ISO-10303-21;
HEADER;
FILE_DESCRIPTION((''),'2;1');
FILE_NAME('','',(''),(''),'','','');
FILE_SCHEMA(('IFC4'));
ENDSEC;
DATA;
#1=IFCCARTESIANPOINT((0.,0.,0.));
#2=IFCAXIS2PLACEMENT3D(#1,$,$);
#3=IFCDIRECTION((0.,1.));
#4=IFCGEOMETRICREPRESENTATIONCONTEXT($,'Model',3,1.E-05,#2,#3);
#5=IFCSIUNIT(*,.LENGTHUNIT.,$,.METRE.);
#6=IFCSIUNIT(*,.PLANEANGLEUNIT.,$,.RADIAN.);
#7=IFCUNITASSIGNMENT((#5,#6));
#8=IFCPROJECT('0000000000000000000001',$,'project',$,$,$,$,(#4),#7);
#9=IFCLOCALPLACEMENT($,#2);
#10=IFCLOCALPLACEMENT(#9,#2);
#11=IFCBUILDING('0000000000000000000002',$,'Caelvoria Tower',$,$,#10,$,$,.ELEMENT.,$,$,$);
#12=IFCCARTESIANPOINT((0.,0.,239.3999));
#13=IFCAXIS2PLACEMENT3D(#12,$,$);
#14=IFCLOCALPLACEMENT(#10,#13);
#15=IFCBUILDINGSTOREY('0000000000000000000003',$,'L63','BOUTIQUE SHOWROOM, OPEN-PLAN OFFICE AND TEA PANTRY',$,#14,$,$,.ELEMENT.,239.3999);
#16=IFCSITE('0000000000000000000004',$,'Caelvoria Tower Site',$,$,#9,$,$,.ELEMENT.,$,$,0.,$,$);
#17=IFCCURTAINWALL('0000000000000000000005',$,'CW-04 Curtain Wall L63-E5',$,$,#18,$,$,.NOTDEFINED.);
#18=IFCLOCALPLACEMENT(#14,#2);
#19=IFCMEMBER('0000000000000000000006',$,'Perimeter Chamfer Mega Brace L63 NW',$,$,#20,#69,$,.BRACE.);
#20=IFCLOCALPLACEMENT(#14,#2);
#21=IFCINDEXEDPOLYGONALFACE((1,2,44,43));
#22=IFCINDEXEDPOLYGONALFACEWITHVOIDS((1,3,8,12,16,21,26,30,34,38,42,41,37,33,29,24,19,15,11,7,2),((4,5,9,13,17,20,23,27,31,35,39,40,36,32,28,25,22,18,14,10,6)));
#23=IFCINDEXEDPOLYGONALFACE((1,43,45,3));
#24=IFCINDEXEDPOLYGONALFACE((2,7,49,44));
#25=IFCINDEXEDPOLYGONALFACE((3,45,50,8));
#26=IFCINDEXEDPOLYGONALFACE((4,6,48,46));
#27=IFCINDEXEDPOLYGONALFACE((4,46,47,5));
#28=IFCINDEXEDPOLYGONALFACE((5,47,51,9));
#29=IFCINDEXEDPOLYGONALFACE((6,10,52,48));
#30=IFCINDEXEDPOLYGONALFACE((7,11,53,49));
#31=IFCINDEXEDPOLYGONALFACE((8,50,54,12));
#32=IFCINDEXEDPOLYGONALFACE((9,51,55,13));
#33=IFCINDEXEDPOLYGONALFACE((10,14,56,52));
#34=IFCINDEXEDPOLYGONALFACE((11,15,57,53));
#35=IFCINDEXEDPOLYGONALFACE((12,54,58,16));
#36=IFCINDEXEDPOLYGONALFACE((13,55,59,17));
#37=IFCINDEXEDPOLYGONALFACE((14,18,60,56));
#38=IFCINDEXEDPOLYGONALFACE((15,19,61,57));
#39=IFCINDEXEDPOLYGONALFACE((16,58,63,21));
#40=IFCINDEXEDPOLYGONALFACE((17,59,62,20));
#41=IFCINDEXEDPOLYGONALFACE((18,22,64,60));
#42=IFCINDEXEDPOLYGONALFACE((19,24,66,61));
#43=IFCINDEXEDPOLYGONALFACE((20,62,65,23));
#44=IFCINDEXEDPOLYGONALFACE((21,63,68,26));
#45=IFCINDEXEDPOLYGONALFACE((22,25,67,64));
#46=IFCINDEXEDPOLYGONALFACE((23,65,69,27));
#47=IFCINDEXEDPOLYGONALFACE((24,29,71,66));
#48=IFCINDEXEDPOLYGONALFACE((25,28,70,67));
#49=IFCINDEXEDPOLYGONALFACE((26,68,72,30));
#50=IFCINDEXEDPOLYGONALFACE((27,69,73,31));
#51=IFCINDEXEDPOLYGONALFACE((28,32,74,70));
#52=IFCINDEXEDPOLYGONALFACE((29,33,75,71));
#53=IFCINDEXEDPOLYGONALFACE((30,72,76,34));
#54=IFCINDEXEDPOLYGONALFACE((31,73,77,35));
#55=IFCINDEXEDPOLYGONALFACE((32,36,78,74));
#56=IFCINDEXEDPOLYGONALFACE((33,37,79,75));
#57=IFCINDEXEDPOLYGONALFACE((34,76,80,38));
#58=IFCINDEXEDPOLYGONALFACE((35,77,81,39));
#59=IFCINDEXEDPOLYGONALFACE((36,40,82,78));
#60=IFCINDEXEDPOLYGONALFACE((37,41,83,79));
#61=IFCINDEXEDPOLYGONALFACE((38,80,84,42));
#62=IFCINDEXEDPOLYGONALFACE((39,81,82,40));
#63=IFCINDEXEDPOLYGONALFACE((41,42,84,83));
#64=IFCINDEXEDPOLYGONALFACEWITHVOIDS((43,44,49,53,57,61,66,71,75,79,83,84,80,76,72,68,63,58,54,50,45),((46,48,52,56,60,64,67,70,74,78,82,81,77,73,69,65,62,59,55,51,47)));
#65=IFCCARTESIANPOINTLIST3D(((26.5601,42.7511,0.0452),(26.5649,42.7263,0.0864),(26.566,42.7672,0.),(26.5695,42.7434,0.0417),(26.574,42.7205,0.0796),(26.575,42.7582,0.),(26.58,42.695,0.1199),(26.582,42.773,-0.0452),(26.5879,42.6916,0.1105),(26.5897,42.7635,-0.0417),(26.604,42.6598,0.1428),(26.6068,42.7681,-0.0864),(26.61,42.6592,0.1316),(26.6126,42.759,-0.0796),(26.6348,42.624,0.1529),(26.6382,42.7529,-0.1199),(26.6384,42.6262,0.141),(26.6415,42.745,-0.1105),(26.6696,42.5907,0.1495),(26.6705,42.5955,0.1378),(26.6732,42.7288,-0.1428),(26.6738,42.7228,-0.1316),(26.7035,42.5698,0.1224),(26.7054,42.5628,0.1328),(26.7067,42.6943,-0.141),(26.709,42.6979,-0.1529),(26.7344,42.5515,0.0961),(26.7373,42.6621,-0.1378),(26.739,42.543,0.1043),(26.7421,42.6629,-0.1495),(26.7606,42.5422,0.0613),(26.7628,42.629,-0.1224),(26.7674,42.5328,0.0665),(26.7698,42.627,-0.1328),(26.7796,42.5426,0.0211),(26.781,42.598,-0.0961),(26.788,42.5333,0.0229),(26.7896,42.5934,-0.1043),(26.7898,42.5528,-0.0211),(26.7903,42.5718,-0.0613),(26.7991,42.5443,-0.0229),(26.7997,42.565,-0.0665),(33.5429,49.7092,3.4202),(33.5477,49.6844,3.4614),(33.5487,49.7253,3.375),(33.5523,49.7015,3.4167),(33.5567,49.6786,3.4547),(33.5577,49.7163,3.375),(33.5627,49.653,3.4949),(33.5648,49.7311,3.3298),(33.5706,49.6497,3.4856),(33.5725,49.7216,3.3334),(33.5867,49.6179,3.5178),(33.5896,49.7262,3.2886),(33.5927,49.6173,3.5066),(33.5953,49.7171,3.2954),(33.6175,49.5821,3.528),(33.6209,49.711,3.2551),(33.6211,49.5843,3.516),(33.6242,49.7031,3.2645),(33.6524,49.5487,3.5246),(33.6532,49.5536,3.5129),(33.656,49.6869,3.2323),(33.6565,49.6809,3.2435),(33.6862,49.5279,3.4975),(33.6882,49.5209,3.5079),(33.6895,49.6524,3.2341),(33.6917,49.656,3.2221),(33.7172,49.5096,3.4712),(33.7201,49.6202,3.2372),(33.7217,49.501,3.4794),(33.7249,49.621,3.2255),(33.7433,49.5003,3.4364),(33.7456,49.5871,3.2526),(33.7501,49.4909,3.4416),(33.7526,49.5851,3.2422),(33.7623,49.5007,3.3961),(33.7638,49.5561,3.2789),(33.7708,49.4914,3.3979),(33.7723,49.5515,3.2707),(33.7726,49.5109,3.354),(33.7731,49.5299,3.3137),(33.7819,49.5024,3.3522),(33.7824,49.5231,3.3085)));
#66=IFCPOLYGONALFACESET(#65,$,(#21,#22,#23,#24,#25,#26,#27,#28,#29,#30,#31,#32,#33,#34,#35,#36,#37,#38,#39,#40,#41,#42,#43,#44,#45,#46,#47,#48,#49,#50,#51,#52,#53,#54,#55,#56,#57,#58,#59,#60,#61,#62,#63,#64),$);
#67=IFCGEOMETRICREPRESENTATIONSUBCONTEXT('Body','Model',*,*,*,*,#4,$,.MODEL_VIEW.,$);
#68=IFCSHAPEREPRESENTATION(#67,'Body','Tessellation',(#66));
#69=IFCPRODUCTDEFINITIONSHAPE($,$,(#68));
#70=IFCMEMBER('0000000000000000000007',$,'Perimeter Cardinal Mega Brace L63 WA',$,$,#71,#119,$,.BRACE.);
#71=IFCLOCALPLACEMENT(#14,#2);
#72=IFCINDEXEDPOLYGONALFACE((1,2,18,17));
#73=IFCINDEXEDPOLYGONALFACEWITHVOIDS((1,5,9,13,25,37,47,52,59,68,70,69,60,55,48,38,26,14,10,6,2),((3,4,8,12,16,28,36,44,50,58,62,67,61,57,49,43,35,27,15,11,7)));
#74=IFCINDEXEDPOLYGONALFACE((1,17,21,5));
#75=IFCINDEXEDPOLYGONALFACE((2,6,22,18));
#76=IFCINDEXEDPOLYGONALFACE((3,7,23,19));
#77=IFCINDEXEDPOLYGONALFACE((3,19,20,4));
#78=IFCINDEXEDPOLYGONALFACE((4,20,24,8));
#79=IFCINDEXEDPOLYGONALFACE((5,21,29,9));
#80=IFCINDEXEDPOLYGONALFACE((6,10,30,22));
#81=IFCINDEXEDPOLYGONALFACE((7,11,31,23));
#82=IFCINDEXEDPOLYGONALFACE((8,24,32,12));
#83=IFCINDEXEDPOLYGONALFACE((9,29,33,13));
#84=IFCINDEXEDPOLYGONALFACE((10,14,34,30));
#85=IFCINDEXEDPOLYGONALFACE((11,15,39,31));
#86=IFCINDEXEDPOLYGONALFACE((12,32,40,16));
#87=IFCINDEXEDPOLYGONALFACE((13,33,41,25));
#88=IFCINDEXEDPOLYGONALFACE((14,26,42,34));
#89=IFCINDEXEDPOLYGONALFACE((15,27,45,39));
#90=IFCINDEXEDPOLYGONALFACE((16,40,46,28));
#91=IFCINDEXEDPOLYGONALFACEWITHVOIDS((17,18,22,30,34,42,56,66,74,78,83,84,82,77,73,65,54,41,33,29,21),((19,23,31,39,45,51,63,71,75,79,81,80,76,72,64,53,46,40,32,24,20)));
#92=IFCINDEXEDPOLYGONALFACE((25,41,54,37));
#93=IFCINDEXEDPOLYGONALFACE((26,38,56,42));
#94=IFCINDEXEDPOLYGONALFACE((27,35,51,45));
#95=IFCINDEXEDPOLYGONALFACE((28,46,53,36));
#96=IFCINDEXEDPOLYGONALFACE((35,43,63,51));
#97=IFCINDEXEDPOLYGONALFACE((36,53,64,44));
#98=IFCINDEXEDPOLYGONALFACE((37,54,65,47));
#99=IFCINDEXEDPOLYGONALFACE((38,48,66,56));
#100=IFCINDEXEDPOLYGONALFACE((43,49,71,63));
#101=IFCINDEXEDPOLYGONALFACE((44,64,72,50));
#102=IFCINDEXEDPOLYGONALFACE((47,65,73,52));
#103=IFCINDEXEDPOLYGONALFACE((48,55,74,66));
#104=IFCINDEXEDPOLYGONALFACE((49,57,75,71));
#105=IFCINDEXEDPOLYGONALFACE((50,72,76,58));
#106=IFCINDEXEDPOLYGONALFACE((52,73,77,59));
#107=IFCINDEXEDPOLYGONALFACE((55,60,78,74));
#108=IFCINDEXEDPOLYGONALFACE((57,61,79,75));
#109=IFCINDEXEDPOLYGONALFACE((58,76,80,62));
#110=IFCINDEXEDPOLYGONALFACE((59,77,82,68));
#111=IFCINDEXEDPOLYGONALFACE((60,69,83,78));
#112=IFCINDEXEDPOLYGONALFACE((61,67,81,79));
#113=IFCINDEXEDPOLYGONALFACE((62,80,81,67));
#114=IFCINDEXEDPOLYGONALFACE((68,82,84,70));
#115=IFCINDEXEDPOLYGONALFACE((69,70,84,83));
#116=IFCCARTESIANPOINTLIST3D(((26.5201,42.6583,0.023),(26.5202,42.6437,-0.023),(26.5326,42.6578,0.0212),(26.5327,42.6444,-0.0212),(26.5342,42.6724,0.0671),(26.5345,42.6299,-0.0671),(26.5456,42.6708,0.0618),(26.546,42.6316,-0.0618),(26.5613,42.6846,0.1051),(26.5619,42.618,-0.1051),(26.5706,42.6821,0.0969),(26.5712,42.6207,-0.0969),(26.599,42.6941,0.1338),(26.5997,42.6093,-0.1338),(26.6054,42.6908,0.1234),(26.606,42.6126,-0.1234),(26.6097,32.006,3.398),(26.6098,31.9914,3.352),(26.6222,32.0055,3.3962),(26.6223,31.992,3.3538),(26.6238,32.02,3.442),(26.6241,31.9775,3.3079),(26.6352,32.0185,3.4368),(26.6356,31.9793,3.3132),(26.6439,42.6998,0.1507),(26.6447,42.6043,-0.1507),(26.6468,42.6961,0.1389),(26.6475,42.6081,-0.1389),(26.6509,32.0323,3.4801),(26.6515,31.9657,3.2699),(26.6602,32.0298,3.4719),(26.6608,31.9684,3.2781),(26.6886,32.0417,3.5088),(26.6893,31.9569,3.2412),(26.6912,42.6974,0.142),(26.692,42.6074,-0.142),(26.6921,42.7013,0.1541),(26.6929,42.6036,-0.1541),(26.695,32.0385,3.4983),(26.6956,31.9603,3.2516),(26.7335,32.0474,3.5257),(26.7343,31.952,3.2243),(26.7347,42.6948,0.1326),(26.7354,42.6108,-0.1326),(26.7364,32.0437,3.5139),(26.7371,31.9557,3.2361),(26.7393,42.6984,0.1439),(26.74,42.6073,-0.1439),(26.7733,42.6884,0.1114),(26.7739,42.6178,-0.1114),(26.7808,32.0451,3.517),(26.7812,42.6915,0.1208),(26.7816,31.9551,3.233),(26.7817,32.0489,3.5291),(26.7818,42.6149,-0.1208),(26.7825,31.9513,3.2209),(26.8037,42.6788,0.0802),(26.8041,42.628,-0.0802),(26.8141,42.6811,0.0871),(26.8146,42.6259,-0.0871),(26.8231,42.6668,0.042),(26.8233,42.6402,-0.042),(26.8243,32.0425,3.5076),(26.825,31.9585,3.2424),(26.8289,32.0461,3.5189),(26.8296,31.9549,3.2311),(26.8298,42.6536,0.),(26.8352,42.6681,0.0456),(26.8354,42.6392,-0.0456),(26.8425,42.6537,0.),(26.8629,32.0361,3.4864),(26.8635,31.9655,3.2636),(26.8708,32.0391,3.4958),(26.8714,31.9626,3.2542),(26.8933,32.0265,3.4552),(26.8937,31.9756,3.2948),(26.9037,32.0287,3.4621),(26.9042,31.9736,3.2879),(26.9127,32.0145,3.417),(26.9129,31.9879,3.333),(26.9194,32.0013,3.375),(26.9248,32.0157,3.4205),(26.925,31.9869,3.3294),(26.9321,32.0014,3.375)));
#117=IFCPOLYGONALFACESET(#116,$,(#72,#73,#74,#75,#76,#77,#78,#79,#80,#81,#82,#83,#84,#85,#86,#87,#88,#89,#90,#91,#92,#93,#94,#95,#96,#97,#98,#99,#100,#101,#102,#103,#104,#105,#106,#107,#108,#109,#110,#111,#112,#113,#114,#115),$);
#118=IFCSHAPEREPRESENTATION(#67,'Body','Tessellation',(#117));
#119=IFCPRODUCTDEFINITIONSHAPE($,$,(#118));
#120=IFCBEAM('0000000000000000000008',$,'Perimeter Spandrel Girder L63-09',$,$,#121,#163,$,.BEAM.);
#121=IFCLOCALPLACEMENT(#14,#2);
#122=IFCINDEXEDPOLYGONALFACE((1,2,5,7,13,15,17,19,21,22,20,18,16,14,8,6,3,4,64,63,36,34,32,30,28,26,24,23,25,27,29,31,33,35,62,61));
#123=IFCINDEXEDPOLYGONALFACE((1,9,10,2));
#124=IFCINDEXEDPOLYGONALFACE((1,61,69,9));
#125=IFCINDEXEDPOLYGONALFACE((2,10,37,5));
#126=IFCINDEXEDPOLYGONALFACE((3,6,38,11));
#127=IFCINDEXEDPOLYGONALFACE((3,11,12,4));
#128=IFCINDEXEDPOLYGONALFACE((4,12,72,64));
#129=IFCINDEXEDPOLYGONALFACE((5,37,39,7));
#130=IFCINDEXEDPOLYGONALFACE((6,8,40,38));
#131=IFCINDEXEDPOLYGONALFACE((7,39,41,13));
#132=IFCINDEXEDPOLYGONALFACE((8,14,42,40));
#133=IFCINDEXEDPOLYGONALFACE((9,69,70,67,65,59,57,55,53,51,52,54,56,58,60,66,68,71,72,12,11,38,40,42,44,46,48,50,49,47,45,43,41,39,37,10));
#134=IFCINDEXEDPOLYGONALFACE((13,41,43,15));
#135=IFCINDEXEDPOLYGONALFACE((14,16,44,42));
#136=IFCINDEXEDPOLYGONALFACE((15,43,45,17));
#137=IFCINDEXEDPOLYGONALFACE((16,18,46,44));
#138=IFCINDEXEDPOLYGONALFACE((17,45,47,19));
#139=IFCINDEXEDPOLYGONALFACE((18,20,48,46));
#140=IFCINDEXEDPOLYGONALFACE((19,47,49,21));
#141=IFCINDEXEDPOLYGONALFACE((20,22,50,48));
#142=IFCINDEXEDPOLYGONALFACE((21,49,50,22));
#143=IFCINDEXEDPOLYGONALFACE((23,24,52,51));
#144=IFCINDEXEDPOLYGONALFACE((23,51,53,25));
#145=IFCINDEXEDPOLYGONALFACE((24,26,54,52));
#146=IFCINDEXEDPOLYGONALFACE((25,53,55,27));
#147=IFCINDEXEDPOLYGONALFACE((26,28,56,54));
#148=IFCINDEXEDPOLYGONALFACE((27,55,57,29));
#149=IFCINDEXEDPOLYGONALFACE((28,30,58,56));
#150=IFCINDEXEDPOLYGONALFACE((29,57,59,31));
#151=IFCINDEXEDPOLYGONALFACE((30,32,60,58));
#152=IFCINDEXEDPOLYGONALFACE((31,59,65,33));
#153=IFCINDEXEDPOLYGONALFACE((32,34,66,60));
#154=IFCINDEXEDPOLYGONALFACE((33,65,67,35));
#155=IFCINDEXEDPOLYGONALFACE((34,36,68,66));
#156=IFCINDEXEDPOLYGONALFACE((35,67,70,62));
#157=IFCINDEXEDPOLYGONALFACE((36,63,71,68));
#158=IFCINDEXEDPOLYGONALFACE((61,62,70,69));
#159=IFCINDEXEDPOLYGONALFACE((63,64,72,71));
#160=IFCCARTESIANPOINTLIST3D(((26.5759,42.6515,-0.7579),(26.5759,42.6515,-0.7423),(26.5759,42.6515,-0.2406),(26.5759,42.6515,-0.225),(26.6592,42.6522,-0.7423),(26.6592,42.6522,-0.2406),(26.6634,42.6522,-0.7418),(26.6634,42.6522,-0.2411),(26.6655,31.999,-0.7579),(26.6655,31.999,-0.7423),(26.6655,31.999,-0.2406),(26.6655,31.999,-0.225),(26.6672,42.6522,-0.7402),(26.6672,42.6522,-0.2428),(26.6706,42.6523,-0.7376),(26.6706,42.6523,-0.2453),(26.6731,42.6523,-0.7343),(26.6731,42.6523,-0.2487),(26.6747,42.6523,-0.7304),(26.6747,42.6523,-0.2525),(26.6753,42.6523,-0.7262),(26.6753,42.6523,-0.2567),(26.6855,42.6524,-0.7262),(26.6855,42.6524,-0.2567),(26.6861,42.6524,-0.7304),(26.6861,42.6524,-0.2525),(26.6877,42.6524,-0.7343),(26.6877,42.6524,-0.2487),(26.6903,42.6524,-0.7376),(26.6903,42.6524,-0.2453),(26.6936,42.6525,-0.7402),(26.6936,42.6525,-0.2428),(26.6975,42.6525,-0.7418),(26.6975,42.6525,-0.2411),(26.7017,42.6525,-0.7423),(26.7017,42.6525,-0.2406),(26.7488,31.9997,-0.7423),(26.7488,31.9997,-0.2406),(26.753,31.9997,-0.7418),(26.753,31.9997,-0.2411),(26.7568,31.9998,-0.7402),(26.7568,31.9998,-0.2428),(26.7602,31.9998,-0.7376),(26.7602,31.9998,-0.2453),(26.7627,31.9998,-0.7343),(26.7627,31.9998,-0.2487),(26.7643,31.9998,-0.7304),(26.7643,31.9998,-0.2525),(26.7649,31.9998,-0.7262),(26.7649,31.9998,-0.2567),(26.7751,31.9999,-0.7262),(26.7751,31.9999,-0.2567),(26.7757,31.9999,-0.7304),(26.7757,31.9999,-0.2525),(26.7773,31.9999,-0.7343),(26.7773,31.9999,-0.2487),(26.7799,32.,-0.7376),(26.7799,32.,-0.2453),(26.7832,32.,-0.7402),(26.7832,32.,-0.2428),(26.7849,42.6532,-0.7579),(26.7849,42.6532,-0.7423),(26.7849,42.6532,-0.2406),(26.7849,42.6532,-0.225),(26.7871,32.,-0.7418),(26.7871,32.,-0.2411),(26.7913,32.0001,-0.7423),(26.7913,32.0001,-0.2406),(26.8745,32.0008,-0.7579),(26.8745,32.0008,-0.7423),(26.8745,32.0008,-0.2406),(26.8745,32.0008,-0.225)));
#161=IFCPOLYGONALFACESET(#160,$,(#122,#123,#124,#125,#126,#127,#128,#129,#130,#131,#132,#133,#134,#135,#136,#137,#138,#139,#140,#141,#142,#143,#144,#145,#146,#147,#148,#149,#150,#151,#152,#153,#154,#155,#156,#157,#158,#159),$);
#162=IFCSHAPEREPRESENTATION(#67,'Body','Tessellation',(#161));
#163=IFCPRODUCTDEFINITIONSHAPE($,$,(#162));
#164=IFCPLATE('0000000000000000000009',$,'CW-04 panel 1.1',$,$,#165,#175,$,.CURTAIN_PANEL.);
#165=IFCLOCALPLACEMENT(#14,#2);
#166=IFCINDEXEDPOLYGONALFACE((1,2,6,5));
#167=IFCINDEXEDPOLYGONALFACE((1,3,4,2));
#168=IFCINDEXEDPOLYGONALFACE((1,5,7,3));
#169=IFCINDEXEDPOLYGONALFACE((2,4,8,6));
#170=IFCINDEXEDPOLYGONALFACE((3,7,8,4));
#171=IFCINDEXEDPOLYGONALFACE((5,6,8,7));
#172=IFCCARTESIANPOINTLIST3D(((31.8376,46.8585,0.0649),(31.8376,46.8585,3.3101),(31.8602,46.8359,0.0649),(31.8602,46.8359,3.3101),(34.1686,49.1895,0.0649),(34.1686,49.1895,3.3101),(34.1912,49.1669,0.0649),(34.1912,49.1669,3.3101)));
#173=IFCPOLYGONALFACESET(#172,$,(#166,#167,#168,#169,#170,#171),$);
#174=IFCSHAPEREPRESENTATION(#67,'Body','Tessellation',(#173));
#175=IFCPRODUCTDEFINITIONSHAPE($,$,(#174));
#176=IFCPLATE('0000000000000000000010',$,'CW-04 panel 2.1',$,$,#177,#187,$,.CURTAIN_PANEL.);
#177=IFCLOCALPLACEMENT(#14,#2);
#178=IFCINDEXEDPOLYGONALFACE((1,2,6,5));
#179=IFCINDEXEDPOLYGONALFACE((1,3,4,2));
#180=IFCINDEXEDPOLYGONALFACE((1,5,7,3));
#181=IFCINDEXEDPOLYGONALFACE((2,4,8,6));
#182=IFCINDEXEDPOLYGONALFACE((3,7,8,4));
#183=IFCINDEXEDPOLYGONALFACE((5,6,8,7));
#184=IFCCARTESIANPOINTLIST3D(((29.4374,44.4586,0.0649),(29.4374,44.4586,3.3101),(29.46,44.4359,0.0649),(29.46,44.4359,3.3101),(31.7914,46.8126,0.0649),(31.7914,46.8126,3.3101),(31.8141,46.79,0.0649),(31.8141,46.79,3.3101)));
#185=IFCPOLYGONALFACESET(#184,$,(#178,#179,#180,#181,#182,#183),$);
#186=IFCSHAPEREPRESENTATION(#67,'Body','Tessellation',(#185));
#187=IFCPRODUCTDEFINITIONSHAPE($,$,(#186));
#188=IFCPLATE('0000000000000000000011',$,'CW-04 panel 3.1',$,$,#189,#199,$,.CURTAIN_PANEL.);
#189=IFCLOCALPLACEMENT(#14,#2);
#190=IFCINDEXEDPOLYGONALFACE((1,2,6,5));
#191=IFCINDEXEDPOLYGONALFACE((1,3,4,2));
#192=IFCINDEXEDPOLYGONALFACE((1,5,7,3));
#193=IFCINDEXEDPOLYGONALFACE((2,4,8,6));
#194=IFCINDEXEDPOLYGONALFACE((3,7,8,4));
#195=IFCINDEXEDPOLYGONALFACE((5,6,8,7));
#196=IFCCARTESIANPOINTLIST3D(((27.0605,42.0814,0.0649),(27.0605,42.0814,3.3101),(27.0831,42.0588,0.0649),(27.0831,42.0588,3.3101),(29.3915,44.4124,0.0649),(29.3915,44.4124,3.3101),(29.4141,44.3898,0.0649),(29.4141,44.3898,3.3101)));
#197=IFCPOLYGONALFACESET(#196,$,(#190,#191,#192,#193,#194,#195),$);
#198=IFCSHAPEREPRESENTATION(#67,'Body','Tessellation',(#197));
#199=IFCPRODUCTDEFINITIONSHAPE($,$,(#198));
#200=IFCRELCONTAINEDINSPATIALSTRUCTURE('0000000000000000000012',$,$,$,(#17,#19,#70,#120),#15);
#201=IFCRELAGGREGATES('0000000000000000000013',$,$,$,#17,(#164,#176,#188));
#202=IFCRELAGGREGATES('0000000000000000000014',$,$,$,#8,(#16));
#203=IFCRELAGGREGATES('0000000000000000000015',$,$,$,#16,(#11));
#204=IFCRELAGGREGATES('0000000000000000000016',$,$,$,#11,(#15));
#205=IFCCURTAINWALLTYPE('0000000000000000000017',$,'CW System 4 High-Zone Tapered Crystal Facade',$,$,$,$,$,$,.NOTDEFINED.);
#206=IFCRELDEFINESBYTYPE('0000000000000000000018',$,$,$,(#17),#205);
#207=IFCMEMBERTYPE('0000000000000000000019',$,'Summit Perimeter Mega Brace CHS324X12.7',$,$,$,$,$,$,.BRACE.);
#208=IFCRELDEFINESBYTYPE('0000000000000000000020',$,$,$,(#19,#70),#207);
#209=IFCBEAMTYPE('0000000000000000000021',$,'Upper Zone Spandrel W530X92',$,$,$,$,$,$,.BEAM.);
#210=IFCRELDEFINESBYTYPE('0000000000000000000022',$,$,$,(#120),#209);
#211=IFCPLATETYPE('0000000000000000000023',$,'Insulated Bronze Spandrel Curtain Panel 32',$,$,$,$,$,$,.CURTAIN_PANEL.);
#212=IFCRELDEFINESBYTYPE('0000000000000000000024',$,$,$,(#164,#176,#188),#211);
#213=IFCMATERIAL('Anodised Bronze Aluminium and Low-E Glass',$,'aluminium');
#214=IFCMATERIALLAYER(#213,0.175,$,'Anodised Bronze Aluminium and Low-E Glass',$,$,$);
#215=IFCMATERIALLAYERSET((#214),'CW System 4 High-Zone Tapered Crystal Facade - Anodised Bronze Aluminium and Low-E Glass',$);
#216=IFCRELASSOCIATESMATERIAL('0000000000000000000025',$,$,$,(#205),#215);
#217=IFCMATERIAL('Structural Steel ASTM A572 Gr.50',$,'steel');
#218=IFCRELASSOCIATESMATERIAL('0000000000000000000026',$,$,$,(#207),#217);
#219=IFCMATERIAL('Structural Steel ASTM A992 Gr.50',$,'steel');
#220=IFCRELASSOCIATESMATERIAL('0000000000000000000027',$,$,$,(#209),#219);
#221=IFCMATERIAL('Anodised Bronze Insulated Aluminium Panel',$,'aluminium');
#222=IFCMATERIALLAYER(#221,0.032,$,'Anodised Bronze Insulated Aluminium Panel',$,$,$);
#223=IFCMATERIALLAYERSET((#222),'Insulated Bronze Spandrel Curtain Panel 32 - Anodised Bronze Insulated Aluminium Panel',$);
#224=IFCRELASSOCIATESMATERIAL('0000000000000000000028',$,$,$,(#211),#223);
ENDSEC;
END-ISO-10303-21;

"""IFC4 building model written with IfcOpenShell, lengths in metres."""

from ifc_helpers import new_model, si_unit, direction, frame, origin, origin_2d, place, context, subcontext, project, spatial, rectangle, hollow_circle, i_section, extrude, material, layer, layer_set, material_profile, profile_set, type_object, element, aggregate, save


model = new_model("IFC4")

# Units and contexts
model_context = context("Model", 3, precision=1e-05, world=origin(), true_north=direction((0.0, 1.0)))
body_context = subcontext(model_context, "Body", "Model", "MODEL_VIEW")
ifc_project = project(units=[si_unit("LENGTHUNIT", "METRE"), si_unit("PLANEANGLEUNIT", "RADIAN")], contexts=[model_context])

# Site, building, storey
site_placement = place(None, origin())
site = spatial("IfcSite", under=ifc_project, at=site_placement, Name="Caelvoria Tower Site", CompositionType="ELEMENT", RefElevation=0.0)
building_placement = place(site_placement, origin())
building = spatial("IfcBuilding", under=site, at=building_placement, Name="Caelvoria Tower", CompositionType="ELEMENT")
storey_placement = place(building_placement, frame((0.0, 0.0, 239.3999)))
storey = spatial("IfcBuildingStorey", under=building, at=storey_placement, Name="L63", Description="BOUTIQUE SHOWROOM, OPEN-PLAN OFFICE AND TEA PANTRY", CompositionType="ELEMENT", Elevation=239.3999)

# Shared definitions
ifc_material_1 = material(Name="Structural Steel ASTM A572 Gr.50", Category="steel")

# Curtain wall
ifc_material_2 = material(Name="Anodised Bronze Aluminium and Low-E Glass", Category="aluminium")
ifc_layer_1 = layer(ifc_material_2, 0.175, Name="Anodised Bronze Aluminium and Low-E Glass")
ifc_layer_set_1 = layer_set([ifc_layer_1], Name="CW System 4 High-Zone Tapered Crystal Facade - Anodised Bronze Aluminium and Low-E Glass")
curtain_wall_type = type_object("IfcCurtainWallType", Name="CW System 4 High-Zone Tapered Crystal Facade", PredefinedType="NOTDEFINED", material=ifc_layer_set_1)
curtain_wall_1_placement = place(storey_placement, origin())
curtain_wall_1 = element("IfcCurtainWall", 1, at=curtain_wall_1_placement, inside=storey, type_object=curtain_wall_type, Name="CW-04 Curtain Wall L63-E5", PredefinedType="NOTDEFINED")

# Members
ifc_material_profile_1 = material_profile(ifc_material_1, hollow_circle(Radius=0.1621, WallThickness=0.0127, at=origin_2d()), Name="Structural Steel ASTM A572 Gr.50")
ifc_profile_set_1 = profile_set([ifc_material_profile_1], Name="CHS324X12.7 - Structural Steel ASTM A572 Gr.50")
member_type_1 = type_object("IfcMemberType", Name="Summit Perimeter Mega Brace CHS324X12.7", PredefinedType="BRACE", material=ifc_profile_set_1)
member_1_placement = place(storey_placement, frame((26.6804, 42.6523, 0.0), z_axis=(0.670166, 0.667799, 0.323918), x_axis=(-0.705855, 0.708356, 0.0)))
element("IfcMember", 2, at=member_1_placement, inside=storey, type_object=member_type_1, Name="Perimeter Chamfer Mega Brace L63 NW", PredefinedType="BRACE", context=body_context, shape_type="SweptSolid", body=[
    extrude(hollow_circle(Radius=0.1621, WallThickness=0.0127, at=origin_2d()), origin(), (0.0, 0.0, 1.0), 10.4194),
])
member_2_placement = place(storey_placement, frame((26.6804, 42.6523, 0.0), z_axis=(0.008018, -0.953266, 0.302025), x_axis=(0.999965, 0.008411, 0.0)))
element("IfcMember", 3, at=member_2_placement, inside=storey, type_object=member_type_1, Name="Perimeter Cardinal Mega Brace L63 WA", PredefinedType="BRACE", context=body_context, shape_type="SweptSolid", body=[
    extrude(hollow_circle(Radius=0.1621, WallThickness=0.0127, at=origin_2d()), origin(), (0.0, 0.0, 1.0), 11.1746),
])

# Beam
ifc_material_3 = material(Name="Structural Steel ASTM A992 Gr.50", Category="steel")
ifc_material_profile_2 = material_profile(ifc_material_3, i_section(OverallWidth=0.209, OverallDepth=0.533, WebThickness=0.0103, FlangeThickness=0.0156, FilletRadius=0.0161, at=origin_2d()), Name="Structural Steel ASTM A992 Gr.50")
ifc_profile_set_2 = profile_set([ifc_material_profile_2], Name="W530X92 - Structural Steel ASTM A992 Gr.50")
beam_type = type_object("IfcBeamType", Name="Upper Zone Spandrel W530X92", PredefinedType="BEAM", material=ifc_profile_set_2)
beam_placement = place(storey_placement, frame((26.6804, 42.6523, -0.4915), z_axis=(0.008411, -0.999965, 0.0), x_axis=(0.999965, 0.008411, 0.0)))
element("IfcBeam", 4, at=beam_placement, inside=storey, type_object=beam_type, Name="Perimeter Spandrel Girder L63-09", PredefinedType="BEAM", context=body_context, shape_type="SweptSolid", body=[
    extrude(i_section(OverallWidth=0.209, OverallDepth=0.533, WebThickness=0.0103, FlangeThickness=0.0156, FilletRadius=0.0161, at=origin_2d()), origin(), (0.0, 0.0, 1.0), 10.6528),
])

# Plates
ifc_material_4 = material(Name="Anodised Bronze Insulated Aluminium Panel", Category="aluminium")
ifc_layer_2 = layer(ifc_material_4, 0.032, Name="Anodised Bronze Insulated Aluminium Panel")
ifc_layer_set_2 = layer_set([ifc_layer_2], Name="Insulated Bronze Spandrel Curtain Panel 32 - Anodised Bronze Insulated Aluminium Panel")
plate_type_1 = type_object("IfcPlateType", Name="Insulated Bronze Spandrel Curtain Panel 32", PredefinedType="CURTAIN_PANEL", material=ifc_layer_set_2)
plate_1_placement = place(storey_placement, frame((33.0144, 48.0127, 0.0649), z_axis=(0.0, 0.0, 1.0), x_axis=(-0.707107, -0.707107, 0.0)))
plate_1 = element("IfcPlate", 5, at=plate_1_placement, type_object=plate_type_1, Name="CW-04 panel 1.1", PredefinedType="CURTAIN_PANEL", context=body_context, shape_type="SweptSolid", body=[
    extrude(rectangle(XDim=3.2966, YDim=0.032, at=origin_2d()), origin(), (0.0, 0.0, 1.0), 3.2451),
])
plate_2_placement = place(storey_placement, frame((30.6257, 45.6243, 0.0649), z_axis=(0.0, 0.0, 1.0), x_axis=(-0.707107, -0.707107, 0.0)))
plate_2 = element("IfcPlate", 6, at=plate_2_placement, type_object=plate_type_1, Name="CW-04 panel 2.1", PredefinedType="CURTAIN_PANEL", context=body_context, shape_type="SweptSolid", body=[
    extrude(rectangle(XDim=3.3291, YDim=0.032, at=origin_2d()), origin(), (0.0, 0.0, 1.0), 3.2451),
])
plate_3_placement = place(storey_placement, frame((28.2373, 43.2356, 0.0649), z_axis=(0.0, 0.0, 1.0), x_axis=(-0.707107, -0.707107, 0.0)))
plate_3 = element("IfcPlate", 7, at=plate_3_placement, type_object=plate_type_1, Name="CW-04 panel 3.1", PredefinedType="CURTAIN_PANEL", context=body_context, shape_type="SweptSolid", body=[
    extrude(rectangle(XDim=3.2966, YDim=0.032, at=origin_2d()), origin(), (0.0, 0.0, 1.0), 3.2451),
])
aggregate(curtain_wall_1, [plate_1, plate_2, plate_3])

save(model, "model.ifc")
